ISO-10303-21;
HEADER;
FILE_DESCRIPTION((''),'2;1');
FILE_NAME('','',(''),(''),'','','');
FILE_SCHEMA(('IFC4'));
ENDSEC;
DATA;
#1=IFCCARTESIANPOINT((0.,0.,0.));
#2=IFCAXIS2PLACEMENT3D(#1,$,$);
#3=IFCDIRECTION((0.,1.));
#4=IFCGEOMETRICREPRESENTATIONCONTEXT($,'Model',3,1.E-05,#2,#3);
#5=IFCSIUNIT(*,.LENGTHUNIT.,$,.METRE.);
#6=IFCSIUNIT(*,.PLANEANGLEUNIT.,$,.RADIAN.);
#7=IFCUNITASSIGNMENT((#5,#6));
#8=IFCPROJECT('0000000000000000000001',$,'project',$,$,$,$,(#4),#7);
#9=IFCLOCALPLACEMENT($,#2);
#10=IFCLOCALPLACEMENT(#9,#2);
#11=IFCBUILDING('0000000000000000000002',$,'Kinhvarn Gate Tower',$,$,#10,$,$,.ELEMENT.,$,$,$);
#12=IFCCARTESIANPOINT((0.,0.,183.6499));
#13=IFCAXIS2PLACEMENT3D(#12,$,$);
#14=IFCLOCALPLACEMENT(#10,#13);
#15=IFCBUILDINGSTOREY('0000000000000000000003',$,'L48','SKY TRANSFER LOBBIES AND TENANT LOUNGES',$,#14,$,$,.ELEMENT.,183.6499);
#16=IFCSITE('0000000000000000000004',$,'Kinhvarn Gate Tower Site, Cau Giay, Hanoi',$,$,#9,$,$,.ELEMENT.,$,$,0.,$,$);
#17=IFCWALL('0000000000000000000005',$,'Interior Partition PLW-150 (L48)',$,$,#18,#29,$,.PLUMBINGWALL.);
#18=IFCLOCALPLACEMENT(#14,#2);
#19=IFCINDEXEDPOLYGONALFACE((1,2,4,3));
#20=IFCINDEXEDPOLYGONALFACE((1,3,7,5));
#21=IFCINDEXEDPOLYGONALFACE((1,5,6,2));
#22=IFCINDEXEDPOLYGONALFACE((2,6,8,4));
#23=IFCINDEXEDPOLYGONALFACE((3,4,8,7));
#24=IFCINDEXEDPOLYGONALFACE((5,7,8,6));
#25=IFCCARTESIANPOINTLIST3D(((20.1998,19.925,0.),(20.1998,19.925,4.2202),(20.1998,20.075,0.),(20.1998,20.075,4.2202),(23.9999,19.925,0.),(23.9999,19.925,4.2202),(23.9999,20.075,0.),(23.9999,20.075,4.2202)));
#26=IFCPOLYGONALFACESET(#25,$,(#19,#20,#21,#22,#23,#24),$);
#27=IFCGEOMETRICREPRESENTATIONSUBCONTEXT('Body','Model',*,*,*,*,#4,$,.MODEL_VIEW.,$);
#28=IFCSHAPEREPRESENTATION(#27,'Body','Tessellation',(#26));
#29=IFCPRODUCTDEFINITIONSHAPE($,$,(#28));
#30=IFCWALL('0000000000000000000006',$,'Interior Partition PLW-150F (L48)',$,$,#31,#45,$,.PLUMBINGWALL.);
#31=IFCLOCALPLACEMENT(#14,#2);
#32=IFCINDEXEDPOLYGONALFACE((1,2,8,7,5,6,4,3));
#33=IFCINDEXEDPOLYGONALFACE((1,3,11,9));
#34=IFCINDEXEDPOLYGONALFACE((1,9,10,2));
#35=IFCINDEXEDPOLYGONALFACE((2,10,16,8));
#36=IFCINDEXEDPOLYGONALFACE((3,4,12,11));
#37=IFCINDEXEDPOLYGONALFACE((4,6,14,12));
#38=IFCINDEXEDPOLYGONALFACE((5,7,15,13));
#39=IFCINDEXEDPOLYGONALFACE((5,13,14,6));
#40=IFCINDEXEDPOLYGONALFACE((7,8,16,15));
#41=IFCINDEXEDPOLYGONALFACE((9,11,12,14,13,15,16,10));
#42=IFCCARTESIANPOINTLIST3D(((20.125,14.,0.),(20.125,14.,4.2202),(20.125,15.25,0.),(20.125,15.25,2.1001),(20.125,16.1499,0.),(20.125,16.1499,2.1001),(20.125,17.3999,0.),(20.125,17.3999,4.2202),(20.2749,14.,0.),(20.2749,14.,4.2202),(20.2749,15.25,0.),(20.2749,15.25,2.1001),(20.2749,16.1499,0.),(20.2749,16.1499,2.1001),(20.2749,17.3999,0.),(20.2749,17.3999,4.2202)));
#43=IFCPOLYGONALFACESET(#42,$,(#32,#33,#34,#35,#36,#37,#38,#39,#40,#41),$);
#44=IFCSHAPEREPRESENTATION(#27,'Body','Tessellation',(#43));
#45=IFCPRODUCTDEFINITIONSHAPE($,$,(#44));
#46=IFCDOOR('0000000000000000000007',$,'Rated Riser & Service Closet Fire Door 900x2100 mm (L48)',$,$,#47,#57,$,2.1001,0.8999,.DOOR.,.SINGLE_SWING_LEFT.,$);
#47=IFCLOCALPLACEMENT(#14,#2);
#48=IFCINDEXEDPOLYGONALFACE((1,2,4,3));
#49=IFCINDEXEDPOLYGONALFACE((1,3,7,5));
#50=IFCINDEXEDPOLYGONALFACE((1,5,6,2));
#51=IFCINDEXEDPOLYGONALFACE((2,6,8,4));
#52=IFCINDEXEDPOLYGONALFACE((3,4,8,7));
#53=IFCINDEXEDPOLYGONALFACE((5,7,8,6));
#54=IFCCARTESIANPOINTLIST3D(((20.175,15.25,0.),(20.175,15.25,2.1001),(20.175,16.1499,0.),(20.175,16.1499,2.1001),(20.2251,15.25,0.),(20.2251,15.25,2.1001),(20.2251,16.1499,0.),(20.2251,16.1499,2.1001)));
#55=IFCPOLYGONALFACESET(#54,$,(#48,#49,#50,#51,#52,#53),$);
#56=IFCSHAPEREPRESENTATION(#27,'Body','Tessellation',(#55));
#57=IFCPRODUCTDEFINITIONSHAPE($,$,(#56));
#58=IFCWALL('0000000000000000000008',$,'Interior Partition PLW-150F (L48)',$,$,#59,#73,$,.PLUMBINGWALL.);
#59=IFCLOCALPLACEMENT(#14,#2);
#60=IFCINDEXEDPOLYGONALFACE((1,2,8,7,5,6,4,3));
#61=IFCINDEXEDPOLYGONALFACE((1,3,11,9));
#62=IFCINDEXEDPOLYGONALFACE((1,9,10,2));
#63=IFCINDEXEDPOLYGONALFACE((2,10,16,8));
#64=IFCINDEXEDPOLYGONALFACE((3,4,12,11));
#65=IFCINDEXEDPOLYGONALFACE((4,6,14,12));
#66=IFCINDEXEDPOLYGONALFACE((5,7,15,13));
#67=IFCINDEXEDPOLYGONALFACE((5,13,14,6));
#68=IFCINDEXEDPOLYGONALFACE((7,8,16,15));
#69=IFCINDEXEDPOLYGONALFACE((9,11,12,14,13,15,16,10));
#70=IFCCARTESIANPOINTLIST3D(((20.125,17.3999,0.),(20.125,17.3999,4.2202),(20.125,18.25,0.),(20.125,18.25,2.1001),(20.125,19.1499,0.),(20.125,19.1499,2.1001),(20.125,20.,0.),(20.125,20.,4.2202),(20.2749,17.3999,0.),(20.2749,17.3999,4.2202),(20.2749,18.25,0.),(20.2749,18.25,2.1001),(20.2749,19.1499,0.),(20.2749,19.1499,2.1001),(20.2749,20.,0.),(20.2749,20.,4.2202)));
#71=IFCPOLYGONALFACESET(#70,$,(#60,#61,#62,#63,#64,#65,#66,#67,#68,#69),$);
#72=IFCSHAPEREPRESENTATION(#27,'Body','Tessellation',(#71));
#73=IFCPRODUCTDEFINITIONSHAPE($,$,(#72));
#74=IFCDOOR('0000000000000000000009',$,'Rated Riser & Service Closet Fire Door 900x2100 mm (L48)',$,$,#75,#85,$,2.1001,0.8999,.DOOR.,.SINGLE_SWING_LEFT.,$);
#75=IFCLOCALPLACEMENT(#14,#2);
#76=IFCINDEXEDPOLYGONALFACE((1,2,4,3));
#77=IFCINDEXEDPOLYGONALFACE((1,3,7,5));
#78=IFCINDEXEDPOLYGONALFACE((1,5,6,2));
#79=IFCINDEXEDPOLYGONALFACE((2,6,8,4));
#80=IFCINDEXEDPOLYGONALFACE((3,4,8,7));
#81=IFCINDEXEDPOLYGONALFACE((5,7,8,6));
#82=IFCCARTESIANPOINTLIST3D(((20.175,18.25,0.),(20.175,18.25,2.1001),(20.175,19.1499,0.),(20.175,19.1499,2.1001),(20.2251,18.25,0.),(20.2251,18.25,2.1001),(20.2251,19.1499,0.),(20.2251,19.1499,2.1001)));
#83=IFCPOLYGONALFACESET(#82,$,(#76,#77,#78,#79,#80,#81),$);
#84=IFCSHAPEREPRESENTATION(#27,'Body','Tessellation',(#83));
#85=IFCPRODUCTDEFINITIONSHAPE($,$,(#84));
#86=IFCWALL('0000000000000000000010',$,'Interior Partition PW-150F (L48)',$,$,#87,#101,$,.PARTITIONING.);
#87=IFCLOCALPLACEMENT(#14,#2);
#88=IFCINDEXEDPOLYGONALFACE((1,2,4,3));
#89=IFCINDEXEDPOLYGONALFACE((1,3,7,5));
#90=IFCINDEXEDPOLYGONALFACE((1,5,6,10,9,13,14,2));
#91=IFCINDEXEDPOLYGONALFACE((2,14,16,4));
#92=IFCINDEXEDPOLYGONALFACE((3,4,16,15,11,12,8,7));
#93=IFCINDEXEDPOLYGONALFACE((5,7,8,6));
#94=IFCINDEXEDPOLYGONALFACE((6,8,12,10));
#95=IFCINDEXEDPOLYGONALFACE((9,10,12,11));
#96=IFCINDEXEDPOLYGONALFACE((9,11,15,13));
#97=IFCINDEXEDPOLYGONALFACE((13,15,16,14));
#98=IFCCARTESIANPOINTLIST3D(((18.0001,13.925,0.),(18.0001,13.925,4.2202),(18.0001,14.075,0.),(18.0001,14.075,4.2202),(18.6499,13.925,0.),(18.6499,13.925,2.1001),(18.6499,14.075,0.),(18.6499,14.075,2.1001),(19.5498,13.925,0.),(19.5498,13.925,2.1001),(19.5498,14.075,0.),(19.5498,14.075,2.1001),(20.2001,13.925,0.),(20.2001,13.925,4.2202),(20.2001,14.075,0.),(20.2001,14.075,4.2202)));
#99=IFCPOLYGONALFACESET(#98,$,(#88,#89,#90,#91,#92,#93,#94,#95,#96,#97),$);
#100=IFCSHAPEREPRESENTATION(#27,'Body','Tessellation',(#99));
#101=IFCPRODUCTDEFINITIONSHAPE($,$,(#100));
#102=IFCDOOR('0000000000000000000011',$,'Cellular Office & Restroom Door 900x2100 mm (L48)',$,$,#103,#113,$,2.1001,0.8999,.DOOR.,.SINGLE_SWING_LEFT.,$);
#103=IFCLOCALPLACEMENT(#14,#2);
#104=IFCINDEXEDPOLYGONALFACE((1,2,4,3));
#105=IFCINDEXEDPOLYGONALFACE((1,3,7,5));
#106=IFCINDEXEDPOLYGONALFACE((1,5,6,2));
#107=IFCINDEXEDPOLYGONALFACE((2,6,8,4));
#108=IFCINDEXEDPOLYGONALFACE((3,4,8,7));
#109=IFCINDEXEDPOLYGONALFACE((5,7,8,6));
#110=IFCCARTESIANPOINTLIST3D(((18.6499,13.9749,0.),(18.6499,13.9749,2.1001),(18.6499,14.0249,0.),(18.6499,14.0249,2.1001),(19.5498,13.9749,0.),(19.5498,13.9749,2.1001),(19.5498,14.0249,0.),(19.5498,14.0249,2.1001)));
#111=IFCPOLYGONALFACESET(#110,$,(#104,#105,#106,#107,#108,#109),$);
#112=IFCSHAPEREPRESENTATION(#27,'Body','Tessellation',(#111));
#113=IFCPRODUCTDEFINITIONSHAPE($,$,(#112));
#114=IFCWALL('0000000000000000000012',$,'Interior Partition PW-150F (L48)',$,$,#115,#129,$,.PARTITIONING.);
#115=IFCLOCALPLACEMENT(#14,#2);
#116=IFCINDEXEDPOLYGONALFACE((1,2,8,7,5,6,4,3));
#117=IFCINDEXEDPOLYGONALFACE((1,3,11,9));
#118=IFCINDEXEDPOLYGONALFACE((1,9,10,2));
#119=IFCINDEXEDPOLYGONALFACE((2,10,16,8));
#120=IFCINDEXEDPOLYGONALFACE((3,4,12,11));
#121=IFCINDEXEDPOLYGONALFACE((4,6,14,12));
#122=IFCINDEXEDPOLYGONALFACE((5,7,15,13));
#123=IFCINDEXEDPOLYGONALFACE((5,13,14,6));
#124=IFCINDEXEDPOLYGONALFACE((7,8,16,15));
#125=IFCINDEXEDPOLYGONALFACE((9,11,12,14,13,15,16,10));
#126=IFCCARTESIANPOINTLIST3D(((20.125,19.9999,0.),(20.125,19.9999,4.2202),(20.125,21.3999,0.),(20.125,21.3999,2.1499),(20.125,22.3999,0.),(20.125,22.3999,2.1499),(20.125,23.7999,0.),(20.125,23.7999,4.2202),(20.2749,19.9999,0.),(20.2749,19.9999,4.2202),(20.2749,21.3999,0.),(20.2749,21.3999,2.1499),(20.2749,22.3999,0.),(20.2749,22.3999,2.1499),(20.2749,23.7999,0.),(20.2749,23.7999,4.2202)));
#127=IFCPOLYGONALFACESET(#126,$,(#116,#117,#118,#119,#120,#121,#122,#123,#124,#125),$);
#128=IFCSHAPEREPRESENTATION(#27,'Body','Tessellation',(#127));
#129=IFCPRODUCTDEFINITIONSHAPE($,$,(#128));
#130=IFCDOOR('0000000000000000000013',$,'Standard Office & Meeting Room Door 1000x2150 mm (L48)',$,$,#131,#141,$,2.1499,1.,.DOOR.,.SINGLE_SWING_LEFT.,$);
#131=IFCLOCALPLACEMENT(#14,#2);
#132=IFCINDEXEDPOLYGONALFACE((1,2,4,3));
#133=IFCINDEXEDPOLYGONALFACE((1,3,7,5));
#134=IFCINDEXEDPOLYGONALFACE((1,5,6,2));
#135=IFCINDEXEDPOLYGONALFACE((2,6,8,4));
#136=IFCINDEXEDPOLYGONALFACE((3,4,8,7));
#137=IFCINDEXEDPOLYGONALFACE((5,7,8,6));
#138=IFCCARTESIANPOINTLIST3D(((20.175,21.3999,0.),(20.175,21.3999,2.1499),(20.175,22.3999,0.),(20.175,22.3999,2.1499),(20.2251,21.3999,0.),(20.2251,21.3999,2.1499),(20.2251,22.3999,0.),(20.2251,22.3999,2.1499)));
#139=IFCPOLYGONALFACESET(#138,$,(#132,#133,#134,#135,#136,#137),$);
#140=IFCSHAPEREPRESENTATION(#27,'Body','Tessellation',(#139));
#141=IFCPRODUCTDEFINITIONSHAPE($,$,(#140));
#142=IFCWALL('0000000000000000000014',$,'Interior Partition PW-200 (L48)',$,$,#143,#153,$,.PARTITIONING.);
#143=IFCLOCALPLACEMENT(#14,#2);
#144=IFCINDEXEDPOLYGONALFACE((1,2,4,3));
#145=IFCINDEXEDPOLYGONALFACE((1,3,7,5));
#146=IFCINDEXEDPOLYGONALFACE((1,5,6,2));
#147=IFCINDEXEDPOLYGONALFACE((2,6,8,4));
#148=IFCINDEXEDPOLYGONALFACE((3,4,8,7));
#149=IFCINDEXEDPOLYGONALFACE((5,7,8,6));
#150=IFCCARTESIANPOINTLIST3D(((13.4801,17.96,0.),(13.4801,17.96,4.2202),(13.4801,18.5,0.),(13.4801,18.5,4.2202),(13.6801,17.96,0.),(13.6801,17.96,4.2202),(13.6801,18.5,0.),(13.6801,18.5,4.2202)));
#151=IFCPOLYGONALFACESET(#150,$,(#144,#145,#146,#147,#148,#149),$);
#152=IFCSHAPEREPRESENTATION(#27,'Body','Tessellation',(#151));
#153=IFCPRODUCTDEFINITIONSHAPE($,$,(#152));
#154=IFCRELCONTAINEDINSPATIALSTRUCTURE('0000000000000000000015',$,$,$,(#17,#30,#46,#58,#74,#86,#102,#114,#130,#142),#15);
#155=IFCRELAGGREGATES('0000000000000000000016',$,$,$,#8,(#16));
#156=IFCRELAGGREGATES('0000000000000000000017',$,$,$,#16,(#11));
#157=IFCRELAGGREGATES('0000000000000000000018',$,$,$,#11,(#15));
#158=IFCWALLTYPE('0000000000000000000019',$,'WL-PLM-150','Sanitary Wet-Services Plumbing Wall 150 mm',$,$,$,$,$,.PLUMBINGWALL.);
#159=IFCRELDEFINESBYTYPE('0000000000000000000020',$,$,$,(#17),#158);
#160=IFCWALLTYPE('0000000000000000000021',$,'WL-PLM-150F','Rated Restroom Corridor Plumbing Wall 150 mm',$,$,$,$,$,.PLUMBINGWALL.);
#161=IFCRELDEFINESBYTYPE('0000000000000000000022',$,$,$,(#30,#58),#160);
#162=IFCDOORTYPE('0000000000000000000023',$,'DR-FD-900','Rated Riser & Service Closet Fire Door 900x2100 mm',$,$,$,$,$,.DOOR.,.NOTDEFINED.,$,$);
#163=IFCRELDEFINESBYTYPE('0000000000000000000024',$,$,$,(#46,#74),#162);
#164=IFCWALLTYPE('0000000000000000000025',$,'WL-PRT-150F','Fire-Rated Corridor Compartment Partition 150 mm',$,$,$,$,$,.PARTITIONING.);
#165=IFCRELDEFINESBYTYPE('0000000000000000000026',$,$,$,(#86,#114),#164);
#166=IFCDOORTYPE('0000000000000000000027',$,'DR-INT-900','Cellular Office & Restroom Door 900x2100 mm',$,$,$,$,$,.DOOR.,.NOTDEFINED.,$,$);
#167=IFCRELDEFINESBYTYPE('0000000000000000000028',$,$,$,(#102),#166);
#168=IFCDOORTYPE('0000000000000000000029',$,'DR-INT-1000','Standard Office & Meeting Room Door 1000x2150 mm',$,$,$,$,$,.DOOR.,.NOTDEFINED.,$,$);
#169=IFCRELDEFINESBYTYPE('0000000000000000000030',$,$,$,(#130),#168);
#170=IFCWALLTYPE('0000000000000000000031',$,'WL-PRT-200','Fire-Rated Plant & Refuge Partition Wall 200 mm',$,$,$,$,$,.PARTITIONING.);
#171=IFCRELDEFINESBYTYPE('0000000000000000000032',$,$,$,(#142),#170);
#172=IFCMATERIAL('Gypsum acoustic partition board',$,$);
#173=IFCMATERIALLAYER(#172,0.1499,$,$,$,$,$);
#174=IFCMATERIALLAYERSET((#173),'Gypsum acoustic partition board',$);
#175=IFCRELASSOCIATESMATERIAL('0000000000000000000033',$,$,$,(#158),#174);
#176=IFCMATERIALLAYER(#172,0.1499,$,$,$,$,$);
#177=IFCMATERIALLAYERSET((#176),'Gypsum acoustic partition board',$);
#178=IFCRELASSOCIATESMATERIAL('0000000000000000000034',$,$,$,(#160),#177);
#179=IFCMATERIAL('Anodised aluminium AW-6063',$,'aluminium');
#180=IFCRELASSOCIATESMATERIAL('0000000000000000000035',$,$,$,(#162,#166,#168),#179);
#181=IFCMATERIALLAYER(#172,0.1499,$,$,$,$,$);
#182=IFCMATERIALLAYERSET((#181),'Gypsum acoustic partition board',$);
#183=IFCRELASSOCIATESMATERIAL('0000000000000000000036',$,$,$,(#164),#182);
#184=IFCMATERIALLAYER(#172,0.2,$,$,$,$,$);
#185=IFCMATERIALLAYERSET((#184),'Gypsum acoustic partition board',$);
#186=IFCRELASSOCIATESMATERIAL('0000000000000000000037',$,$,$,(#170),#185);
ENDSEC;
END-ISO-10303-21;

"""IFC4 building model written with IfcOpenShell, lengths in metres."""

from ifc_helpers import new_model, si_unit, direction, frame, frame_2d, origin, place, context, subcontext, project, spatial, rectangle, extrude, material, layer, layer_set, type_object, element, fill, save


model = new_model("IFC4")

# Units and contexts
model_context = context("Model", 3, precision=1e-05, world=origin(), true_north=direction((0.0, 1.0)))
body_context = subcontext(model_context, "Body", "Model", "MODEL_VIEW")
ifc_project = project(units=[si_unit("LENGTHUNIT", "METRE"), si_unit("PLANEANGLEUNIT", "RADIAN")], contexts=[model_context])

# Site, building, storey
site_placement = place(None, origin())
site = spatial("IfcSite", under=ifc_project, at=site_placement, Name="Kinhvarn Gate Tower Site, Cau Giay, Hanoi", CompositionType="ELEMENT", RefElevation=0.0)
building_placement = place(site_placement, origin())
building = spatial("IfcBuilding", under=site, at=building_placement, Name="Kinhvarn Gate Tower", CompositionType="ELEMENT")
storey_placement = place(building_placement, frame((0.0, 0.0, 183.6499)))
storey = spatial("IfcBuildingStorey", under=building, at=storey_placement, Name="L48", Description="SKY TRANSFER LOBBIES AND TENANT LOUNGES", CompositionType="ELEMENT", Elevation=183.6499)

# Shared definitions
ifc_material_1 = material(Name="Anodised aluminium AW-6063", Category="aluminium")

# Wall
ifc_material_2 = material(Name="Gypsum acoustic partition board")
ifc_layer_1 = layer(ifc_material_2, 0.1499)
ifc_layer_set_1 = layer_set([ifc_layer_1], Name="Gypsum acoustic partition board")
wall_type_1 = type_object("IfcWallType", Name="WL-PLM-150", Description="Sanitary Wet-Services Plumbing Wall 150 mm", PredefinedType="PLUMBINGWALL", material=ifc_layer_set_1)
for number, where, z_axis, x_axis, name in (
    (1, (20.2, 20.0, 0.0), (0.0, 0.0, 1.0), (1.0, 0.0, 0.0), "Interior Partition PLW-150 (L48)"),
):
    element("IfcWall", number, at=place(storey_placement, frame(where, z_axis=z_axis, x_axis=x_axis)), inside=storey, type_object=wall_type_1, Name=name, PredefinedType="PLUMBINGWALL", context=body_context, shape_type="SweptSolid", body=[
        extrude(rectangle(XDim=3.8, YDim=0.1499, at=frame_2d((1.8999, 0.0))), origin(), (0.0, 0.0, 1.0), 4.2202),
    ])

# Walls, openings, doors
ifc_layer_2 = layer(ifc_material_2, 0.1499)
ifc_layer_set_2 = layer_set([ifc_layer_2], Name="Gypsum acoustic partition board")
wall_type_2 = type_object("IfcWallType", Name="WL-PLM-150F", Description="Rated Restroom Corridor Plumbing Wall 150 mm", PredefinedType="PLUMBINGWALL", material=ifc_layer_set_2)
wall_1_placement = place(storey_placement, frame((20.2, 14.0, 0.0), z_axis=(0.0, 0.0, 1.0), x_axis=(0.0, 1.0, 0.0)))
wall_1 = element("IfcWall", 2, at=wall_1_placement, inside=storey, type_object=wall_type_2, Name="Interior Partition PLW-150F (L48)", PredefinedType="PLUMBINGWALL", context=body_context, shape_type="SweptSolid", body=[
    extrude(rectangle(XDim=3.3999, YDim=0.1499, at=frame_2d((1.7, 0.0))), origin(), (0.0, 0.0, 1.0), 4.2202),
])
opening_1_placement = place(wall_1_placement, frame((1.25, 0.0, 0.0)))
opening_1 = element("IfcOpeningElement", 3, at=opening_1_placement, cuts=wall_1, PredefinedType="OPENING", context=body_context, shape_type="SweptSolid", body=[
    extrude(rectangle(XDim=0.8999, YDim=2.1001, at=frame_2d((0.45, 1.05))), frame((0.0, 0.085, 0.0), z_axis=(0.0, -1.0, 0.0), x_axis=(1.0, 0.0, 0.0)), (0.0, 0.0, 1.0), 0.1699),
])
door_type_1 = type_object("IfcDoorType", Name="DR-FD-900", Description="Rated Riser & Service Closet Fire Door 900x2100 mm", OperationType="NOTDEFINED", PredefinedType="DOOR", material=ifc_material_1)
door_1_placement = place(opening_1_placement, origin())
door_1 = element("IfcDoor", 4, at=door_1_placement, inside=storey, type_object=door_type_1, Name="Rated Riser & Service Closet Fire Door 900x2100 mm (L48)", OperationType="SINGLE_SWING_LEFT", OverallHeight=2.1001, OverallWidth=0.8999, PredefinedType="DOOR", context=body_context, shape_type="SweptSolid", body=[
    extrude(rectangle(XDim=0.8999, YDim=2.1001, at=frame_2d((0.45, 1.05))), frame((0.0, 0.0249, 0.0), z_axis=(0.0, -1.0, 0.0), x_axis=(1.0, 0.0, 0.0)), (0.0, 0.0, 1.0), 0.05),
])
fill(opening_1, door_1)
wall_2_placement = place(storey_placement, frame((20.2, 17.3999, 0.0), z_axis=(0.0, 0.0, 1.0), x_axis=(0.0, 1.0, 0.0)))
wall_2 = element("IfcWall", 5, at=wall_2_placement, inside=storey, type_object=wall_type_2, Name="Interior Partition PLW-150F (L48)", PredefinedType="PLUMBINGWALL", context=body_context, shape_type="SweptSolid", body=[
    extrude(rectangle(XDim=2.6001, YDim=0.1499, at=frame_2d((1.3, 0.0))), origin(), (0.0, 0.0, 1.0), 4.2202),
])
opening_2_placement = place(wall_2_placement, frame((0.8501, 0.0, 0.0)))
opening_2 = element("IfcOpeningElement", 6, at=opening_2_placement, cuts=wall_2, PredefinedType="OPENING", context=body_context, shape_type="SweptSolid", body=[
    extrude(rectangle(XDim=0.8999, YDim=2.1001, at=frame_2d((0.45, 1.05))), frame((0.0, 0.085, 0.0), z_axis=(0.0, -1.0, 0.0), x_axis=(1.0, 0.0, 0.0)), (0.0, 0.0, 1.0), 0.1699),
])
door_2_placement = place(opening_2_placement, origin())
door_2 = element("IfcDoor", 7, at=door_2_placement, inside=storey, type_object=door_type_1, Name="Rated Riser & Service Closet Fire Door 900x2100 mm (L48)", OperationType="SINGLE_SWING_LEFT", OverallHeight=2.1001, OverallWidth=0.8999, PredefinedType="DOOR", context=body_context, shape_type="SweptSolid", body=[
    extrude(rectangle(XDim=0.8999, YDim=2.1001, at=frame_2d((0.45, 1.05))), frame((0.0, 0.0249, 0.0), z_axis=(0.0, -1.0, 0.0), x_axis=(1.0, 0.0, 0.0)), (0.0, 0.0, 1.0), 0.05),
])
fill(opening_2, door_2)
ifc_layer_3 = layer(ifc_material_2, 0.1499)
ifc_layer_set_3 = layer_set([ifc_layer_3], Name="Gypsum acoustic partition board")
wall_type_3 = type_object("IfcWallType", Name="WL-PRT-150F", Description="Fire-Rated Corridor Compartment Partition 150 mm", PredefinedType="PARTITIONING", material=ifc_layer_set_3)
wall_3_placement = place(storey_placement, frame((18.0, 14.0, 0.0), z_axis=(0.0, 0.0, 1.0), x_axis=(1.0, 0.0, 0.0)))
wall_3 = element("IfcWall", 8, at=wall_3_placement, inside=storey, type_object=wall_type_3, Name="Interior Partition PW-150F (L48)", PredefinedType="PARTITIONING", context=body_context, shape_type="SweptSolid", body=[
    extrude(rectangle(XDim=2.2, YDim=0.1499, at=frame_2d((1.1001, 0.0))), origin(), (0.0, 0.0, 1.0), 4.2202),
])
opening_3_placement = place(wall_3_placement, frame((0.6499, 0.0, 0.0)))
opening_3 = element("IfcOpeningElement", 9, at=opening_3_placement, cuts=wall_3, PredefinedType="OPENING", context=body_context, shape_type="SweptSolid", body=[
    extrude(rectangle(XDim=0.8999, YDim=2.1001, at=frame_2d((0.45, 1.05))), frame((0.0, 0.085, 0.0), z_axis=(0.0, -1.0, 0.0), x_axis=(1.0, 0.0, 0.0)), (0.0, 0.0, 1.0), 0.1699),
])
door_type_2 = type_object("IfcDoorType", Name="DR-INT-900", Description="Cellular Office & Restroom Door 900x2100 mm", OperationType="NOTDEFINED", PredefinedType="DOOR", material=ifc_material_1)
door_3_placement = place(opening_3_placement, origin())
door_3 = element("IfcDoor", 10, at=door_3_placement, inside=storey, type_object=door_type_2, Name="Cellular Office & Restroom Door 900x2100 mm (L48)", OperationType="SINGLE_SWING_LEFT", OverallHeight=2.1001, OverallWidth=0.8999, PredefinedType="DOOR", context=body_context, shape_type="SweptSolid", body=[
    extrude(rectangle(XDim=0.8999, YDim=2.1001, at=frame_2d((0.45, 1.05))), frame((0.0, 0.0249, 0.0), z_axis=(0.0, -1.0, 0.0), x_axis=(1.0, 0.0, 0.0)), (0.0, 0.0, 1.0), 0.05),
])
fill(opening_3, door_3)
wall_4_placement = place(storey_placement, frame((20.2, 20.0, 0.0), z_axis=(0.0, 0.0, 1.0), x_axis=(0.0, 1.0, 0.0)))
wall_4 = element("IfcWall", 11, at=wall_4_placement, inside=storey, type_object=wall_type_3, Name="Interior Partition PW-150F (L48)", PredefinedType="PARTITIONING", context=body_context, shape_type="SweptSolid", body=[
    extrude(rectangle(XDim=3.8, YDim=0.1499, at=frame_2d((1.8999, 0.0))), origin(), (0.0, 0.0, 1.0), 4.2202),
])
opening_4_placement = place(wall_4_placement, frame((1.3999, 0.0, 0.0)))
opening_4 = element("IfcOpeningElement", 12, at=opening_4_placement, cuts=wall_4, PredefinedType="OPENING", context=body_context, shape_type="SweptSolid", body=[
    extrude(rectangle(XDim=1.0, YDim=2.1499, at=frame_2d((0.5, 1.075))), frame((0.0, 0.085, 0.0), z_axis=(0.0, -1.0, 0.0), x_axis=(1.0, 0.0, 0.0)), (0.0, 0.0, 1.0), 0.1699),
])
door_type_3 = type_object("IfcDoorType", Name="DR-INT-1000", Description="Standard Office & Meeting Room Door 1000x2150 mm", OperationType="NOTDEFINED", PredefinedType="DOOR", material=ifc_material_1)
door_4_placement = place(opening_4_placement, origin())
door_4 = element("IfcDoor", 13, at=door_4_placement, inside=storey, type_object=door_type_3, Name="Standard Office & Meeting Room Door 1000x2150 mm (L48)", OperationType="SINGLE_SWING_LEFT", OverallHeight=2.1499, OverallWidth=1.0, PredefinedType="DOOR", context=body_context, shape_type="SweptSolid", body=[
    extrude(rectangle(XDim=1.0, YDim=2.1499, at=frame_2d((0.5, 1.075))), frame((0.0, 0.0249, 0.0), z_axis=(0.0, -1.0, 0.0), x_axis=(1.0, 0.0, 0.0)), (0.0, 0.0, 1.0), 0.05),
])
fill(opening_4, door_4)

# Wall
ifc_layer_4 = layer(ifc_material_2, 0.2)
ifc_layer_set_4 = layer_set([ifc_layer_4], Name="Gypsum acoustic partition board")
wall_type_4 = type_object("IfcWallType", Name="WL-PRT-200", Description="Fire-Rated Plant & Refuge Partition Wall 200 mm", PredefinedType="PARTITIONING", material=ifc_layer_set_4)
wall_5_placement = place(storey_placement, frame((13.5801, 17.96, 0.0), z_axis=(0.0, 0.0, 1.0), x_axis=(0.0, 1.0, 0.0)))
element("IfcWall", 14, at=wall_5_placement, inside=storey, type_object=wall_type_4, Name="Interior Partition PW-200 (L48)", PredefinedType="PARTITIONING", context=body_context, shape_type="SweptSolid", body=[
    extrude(rectangle(XDim=0.54, YDim=0.2, at=frame_2d((0.27, 0.0))), origin(), (0.0, 0.0, 1.0), 4.2202),
])

save(model, "model.ifc")
